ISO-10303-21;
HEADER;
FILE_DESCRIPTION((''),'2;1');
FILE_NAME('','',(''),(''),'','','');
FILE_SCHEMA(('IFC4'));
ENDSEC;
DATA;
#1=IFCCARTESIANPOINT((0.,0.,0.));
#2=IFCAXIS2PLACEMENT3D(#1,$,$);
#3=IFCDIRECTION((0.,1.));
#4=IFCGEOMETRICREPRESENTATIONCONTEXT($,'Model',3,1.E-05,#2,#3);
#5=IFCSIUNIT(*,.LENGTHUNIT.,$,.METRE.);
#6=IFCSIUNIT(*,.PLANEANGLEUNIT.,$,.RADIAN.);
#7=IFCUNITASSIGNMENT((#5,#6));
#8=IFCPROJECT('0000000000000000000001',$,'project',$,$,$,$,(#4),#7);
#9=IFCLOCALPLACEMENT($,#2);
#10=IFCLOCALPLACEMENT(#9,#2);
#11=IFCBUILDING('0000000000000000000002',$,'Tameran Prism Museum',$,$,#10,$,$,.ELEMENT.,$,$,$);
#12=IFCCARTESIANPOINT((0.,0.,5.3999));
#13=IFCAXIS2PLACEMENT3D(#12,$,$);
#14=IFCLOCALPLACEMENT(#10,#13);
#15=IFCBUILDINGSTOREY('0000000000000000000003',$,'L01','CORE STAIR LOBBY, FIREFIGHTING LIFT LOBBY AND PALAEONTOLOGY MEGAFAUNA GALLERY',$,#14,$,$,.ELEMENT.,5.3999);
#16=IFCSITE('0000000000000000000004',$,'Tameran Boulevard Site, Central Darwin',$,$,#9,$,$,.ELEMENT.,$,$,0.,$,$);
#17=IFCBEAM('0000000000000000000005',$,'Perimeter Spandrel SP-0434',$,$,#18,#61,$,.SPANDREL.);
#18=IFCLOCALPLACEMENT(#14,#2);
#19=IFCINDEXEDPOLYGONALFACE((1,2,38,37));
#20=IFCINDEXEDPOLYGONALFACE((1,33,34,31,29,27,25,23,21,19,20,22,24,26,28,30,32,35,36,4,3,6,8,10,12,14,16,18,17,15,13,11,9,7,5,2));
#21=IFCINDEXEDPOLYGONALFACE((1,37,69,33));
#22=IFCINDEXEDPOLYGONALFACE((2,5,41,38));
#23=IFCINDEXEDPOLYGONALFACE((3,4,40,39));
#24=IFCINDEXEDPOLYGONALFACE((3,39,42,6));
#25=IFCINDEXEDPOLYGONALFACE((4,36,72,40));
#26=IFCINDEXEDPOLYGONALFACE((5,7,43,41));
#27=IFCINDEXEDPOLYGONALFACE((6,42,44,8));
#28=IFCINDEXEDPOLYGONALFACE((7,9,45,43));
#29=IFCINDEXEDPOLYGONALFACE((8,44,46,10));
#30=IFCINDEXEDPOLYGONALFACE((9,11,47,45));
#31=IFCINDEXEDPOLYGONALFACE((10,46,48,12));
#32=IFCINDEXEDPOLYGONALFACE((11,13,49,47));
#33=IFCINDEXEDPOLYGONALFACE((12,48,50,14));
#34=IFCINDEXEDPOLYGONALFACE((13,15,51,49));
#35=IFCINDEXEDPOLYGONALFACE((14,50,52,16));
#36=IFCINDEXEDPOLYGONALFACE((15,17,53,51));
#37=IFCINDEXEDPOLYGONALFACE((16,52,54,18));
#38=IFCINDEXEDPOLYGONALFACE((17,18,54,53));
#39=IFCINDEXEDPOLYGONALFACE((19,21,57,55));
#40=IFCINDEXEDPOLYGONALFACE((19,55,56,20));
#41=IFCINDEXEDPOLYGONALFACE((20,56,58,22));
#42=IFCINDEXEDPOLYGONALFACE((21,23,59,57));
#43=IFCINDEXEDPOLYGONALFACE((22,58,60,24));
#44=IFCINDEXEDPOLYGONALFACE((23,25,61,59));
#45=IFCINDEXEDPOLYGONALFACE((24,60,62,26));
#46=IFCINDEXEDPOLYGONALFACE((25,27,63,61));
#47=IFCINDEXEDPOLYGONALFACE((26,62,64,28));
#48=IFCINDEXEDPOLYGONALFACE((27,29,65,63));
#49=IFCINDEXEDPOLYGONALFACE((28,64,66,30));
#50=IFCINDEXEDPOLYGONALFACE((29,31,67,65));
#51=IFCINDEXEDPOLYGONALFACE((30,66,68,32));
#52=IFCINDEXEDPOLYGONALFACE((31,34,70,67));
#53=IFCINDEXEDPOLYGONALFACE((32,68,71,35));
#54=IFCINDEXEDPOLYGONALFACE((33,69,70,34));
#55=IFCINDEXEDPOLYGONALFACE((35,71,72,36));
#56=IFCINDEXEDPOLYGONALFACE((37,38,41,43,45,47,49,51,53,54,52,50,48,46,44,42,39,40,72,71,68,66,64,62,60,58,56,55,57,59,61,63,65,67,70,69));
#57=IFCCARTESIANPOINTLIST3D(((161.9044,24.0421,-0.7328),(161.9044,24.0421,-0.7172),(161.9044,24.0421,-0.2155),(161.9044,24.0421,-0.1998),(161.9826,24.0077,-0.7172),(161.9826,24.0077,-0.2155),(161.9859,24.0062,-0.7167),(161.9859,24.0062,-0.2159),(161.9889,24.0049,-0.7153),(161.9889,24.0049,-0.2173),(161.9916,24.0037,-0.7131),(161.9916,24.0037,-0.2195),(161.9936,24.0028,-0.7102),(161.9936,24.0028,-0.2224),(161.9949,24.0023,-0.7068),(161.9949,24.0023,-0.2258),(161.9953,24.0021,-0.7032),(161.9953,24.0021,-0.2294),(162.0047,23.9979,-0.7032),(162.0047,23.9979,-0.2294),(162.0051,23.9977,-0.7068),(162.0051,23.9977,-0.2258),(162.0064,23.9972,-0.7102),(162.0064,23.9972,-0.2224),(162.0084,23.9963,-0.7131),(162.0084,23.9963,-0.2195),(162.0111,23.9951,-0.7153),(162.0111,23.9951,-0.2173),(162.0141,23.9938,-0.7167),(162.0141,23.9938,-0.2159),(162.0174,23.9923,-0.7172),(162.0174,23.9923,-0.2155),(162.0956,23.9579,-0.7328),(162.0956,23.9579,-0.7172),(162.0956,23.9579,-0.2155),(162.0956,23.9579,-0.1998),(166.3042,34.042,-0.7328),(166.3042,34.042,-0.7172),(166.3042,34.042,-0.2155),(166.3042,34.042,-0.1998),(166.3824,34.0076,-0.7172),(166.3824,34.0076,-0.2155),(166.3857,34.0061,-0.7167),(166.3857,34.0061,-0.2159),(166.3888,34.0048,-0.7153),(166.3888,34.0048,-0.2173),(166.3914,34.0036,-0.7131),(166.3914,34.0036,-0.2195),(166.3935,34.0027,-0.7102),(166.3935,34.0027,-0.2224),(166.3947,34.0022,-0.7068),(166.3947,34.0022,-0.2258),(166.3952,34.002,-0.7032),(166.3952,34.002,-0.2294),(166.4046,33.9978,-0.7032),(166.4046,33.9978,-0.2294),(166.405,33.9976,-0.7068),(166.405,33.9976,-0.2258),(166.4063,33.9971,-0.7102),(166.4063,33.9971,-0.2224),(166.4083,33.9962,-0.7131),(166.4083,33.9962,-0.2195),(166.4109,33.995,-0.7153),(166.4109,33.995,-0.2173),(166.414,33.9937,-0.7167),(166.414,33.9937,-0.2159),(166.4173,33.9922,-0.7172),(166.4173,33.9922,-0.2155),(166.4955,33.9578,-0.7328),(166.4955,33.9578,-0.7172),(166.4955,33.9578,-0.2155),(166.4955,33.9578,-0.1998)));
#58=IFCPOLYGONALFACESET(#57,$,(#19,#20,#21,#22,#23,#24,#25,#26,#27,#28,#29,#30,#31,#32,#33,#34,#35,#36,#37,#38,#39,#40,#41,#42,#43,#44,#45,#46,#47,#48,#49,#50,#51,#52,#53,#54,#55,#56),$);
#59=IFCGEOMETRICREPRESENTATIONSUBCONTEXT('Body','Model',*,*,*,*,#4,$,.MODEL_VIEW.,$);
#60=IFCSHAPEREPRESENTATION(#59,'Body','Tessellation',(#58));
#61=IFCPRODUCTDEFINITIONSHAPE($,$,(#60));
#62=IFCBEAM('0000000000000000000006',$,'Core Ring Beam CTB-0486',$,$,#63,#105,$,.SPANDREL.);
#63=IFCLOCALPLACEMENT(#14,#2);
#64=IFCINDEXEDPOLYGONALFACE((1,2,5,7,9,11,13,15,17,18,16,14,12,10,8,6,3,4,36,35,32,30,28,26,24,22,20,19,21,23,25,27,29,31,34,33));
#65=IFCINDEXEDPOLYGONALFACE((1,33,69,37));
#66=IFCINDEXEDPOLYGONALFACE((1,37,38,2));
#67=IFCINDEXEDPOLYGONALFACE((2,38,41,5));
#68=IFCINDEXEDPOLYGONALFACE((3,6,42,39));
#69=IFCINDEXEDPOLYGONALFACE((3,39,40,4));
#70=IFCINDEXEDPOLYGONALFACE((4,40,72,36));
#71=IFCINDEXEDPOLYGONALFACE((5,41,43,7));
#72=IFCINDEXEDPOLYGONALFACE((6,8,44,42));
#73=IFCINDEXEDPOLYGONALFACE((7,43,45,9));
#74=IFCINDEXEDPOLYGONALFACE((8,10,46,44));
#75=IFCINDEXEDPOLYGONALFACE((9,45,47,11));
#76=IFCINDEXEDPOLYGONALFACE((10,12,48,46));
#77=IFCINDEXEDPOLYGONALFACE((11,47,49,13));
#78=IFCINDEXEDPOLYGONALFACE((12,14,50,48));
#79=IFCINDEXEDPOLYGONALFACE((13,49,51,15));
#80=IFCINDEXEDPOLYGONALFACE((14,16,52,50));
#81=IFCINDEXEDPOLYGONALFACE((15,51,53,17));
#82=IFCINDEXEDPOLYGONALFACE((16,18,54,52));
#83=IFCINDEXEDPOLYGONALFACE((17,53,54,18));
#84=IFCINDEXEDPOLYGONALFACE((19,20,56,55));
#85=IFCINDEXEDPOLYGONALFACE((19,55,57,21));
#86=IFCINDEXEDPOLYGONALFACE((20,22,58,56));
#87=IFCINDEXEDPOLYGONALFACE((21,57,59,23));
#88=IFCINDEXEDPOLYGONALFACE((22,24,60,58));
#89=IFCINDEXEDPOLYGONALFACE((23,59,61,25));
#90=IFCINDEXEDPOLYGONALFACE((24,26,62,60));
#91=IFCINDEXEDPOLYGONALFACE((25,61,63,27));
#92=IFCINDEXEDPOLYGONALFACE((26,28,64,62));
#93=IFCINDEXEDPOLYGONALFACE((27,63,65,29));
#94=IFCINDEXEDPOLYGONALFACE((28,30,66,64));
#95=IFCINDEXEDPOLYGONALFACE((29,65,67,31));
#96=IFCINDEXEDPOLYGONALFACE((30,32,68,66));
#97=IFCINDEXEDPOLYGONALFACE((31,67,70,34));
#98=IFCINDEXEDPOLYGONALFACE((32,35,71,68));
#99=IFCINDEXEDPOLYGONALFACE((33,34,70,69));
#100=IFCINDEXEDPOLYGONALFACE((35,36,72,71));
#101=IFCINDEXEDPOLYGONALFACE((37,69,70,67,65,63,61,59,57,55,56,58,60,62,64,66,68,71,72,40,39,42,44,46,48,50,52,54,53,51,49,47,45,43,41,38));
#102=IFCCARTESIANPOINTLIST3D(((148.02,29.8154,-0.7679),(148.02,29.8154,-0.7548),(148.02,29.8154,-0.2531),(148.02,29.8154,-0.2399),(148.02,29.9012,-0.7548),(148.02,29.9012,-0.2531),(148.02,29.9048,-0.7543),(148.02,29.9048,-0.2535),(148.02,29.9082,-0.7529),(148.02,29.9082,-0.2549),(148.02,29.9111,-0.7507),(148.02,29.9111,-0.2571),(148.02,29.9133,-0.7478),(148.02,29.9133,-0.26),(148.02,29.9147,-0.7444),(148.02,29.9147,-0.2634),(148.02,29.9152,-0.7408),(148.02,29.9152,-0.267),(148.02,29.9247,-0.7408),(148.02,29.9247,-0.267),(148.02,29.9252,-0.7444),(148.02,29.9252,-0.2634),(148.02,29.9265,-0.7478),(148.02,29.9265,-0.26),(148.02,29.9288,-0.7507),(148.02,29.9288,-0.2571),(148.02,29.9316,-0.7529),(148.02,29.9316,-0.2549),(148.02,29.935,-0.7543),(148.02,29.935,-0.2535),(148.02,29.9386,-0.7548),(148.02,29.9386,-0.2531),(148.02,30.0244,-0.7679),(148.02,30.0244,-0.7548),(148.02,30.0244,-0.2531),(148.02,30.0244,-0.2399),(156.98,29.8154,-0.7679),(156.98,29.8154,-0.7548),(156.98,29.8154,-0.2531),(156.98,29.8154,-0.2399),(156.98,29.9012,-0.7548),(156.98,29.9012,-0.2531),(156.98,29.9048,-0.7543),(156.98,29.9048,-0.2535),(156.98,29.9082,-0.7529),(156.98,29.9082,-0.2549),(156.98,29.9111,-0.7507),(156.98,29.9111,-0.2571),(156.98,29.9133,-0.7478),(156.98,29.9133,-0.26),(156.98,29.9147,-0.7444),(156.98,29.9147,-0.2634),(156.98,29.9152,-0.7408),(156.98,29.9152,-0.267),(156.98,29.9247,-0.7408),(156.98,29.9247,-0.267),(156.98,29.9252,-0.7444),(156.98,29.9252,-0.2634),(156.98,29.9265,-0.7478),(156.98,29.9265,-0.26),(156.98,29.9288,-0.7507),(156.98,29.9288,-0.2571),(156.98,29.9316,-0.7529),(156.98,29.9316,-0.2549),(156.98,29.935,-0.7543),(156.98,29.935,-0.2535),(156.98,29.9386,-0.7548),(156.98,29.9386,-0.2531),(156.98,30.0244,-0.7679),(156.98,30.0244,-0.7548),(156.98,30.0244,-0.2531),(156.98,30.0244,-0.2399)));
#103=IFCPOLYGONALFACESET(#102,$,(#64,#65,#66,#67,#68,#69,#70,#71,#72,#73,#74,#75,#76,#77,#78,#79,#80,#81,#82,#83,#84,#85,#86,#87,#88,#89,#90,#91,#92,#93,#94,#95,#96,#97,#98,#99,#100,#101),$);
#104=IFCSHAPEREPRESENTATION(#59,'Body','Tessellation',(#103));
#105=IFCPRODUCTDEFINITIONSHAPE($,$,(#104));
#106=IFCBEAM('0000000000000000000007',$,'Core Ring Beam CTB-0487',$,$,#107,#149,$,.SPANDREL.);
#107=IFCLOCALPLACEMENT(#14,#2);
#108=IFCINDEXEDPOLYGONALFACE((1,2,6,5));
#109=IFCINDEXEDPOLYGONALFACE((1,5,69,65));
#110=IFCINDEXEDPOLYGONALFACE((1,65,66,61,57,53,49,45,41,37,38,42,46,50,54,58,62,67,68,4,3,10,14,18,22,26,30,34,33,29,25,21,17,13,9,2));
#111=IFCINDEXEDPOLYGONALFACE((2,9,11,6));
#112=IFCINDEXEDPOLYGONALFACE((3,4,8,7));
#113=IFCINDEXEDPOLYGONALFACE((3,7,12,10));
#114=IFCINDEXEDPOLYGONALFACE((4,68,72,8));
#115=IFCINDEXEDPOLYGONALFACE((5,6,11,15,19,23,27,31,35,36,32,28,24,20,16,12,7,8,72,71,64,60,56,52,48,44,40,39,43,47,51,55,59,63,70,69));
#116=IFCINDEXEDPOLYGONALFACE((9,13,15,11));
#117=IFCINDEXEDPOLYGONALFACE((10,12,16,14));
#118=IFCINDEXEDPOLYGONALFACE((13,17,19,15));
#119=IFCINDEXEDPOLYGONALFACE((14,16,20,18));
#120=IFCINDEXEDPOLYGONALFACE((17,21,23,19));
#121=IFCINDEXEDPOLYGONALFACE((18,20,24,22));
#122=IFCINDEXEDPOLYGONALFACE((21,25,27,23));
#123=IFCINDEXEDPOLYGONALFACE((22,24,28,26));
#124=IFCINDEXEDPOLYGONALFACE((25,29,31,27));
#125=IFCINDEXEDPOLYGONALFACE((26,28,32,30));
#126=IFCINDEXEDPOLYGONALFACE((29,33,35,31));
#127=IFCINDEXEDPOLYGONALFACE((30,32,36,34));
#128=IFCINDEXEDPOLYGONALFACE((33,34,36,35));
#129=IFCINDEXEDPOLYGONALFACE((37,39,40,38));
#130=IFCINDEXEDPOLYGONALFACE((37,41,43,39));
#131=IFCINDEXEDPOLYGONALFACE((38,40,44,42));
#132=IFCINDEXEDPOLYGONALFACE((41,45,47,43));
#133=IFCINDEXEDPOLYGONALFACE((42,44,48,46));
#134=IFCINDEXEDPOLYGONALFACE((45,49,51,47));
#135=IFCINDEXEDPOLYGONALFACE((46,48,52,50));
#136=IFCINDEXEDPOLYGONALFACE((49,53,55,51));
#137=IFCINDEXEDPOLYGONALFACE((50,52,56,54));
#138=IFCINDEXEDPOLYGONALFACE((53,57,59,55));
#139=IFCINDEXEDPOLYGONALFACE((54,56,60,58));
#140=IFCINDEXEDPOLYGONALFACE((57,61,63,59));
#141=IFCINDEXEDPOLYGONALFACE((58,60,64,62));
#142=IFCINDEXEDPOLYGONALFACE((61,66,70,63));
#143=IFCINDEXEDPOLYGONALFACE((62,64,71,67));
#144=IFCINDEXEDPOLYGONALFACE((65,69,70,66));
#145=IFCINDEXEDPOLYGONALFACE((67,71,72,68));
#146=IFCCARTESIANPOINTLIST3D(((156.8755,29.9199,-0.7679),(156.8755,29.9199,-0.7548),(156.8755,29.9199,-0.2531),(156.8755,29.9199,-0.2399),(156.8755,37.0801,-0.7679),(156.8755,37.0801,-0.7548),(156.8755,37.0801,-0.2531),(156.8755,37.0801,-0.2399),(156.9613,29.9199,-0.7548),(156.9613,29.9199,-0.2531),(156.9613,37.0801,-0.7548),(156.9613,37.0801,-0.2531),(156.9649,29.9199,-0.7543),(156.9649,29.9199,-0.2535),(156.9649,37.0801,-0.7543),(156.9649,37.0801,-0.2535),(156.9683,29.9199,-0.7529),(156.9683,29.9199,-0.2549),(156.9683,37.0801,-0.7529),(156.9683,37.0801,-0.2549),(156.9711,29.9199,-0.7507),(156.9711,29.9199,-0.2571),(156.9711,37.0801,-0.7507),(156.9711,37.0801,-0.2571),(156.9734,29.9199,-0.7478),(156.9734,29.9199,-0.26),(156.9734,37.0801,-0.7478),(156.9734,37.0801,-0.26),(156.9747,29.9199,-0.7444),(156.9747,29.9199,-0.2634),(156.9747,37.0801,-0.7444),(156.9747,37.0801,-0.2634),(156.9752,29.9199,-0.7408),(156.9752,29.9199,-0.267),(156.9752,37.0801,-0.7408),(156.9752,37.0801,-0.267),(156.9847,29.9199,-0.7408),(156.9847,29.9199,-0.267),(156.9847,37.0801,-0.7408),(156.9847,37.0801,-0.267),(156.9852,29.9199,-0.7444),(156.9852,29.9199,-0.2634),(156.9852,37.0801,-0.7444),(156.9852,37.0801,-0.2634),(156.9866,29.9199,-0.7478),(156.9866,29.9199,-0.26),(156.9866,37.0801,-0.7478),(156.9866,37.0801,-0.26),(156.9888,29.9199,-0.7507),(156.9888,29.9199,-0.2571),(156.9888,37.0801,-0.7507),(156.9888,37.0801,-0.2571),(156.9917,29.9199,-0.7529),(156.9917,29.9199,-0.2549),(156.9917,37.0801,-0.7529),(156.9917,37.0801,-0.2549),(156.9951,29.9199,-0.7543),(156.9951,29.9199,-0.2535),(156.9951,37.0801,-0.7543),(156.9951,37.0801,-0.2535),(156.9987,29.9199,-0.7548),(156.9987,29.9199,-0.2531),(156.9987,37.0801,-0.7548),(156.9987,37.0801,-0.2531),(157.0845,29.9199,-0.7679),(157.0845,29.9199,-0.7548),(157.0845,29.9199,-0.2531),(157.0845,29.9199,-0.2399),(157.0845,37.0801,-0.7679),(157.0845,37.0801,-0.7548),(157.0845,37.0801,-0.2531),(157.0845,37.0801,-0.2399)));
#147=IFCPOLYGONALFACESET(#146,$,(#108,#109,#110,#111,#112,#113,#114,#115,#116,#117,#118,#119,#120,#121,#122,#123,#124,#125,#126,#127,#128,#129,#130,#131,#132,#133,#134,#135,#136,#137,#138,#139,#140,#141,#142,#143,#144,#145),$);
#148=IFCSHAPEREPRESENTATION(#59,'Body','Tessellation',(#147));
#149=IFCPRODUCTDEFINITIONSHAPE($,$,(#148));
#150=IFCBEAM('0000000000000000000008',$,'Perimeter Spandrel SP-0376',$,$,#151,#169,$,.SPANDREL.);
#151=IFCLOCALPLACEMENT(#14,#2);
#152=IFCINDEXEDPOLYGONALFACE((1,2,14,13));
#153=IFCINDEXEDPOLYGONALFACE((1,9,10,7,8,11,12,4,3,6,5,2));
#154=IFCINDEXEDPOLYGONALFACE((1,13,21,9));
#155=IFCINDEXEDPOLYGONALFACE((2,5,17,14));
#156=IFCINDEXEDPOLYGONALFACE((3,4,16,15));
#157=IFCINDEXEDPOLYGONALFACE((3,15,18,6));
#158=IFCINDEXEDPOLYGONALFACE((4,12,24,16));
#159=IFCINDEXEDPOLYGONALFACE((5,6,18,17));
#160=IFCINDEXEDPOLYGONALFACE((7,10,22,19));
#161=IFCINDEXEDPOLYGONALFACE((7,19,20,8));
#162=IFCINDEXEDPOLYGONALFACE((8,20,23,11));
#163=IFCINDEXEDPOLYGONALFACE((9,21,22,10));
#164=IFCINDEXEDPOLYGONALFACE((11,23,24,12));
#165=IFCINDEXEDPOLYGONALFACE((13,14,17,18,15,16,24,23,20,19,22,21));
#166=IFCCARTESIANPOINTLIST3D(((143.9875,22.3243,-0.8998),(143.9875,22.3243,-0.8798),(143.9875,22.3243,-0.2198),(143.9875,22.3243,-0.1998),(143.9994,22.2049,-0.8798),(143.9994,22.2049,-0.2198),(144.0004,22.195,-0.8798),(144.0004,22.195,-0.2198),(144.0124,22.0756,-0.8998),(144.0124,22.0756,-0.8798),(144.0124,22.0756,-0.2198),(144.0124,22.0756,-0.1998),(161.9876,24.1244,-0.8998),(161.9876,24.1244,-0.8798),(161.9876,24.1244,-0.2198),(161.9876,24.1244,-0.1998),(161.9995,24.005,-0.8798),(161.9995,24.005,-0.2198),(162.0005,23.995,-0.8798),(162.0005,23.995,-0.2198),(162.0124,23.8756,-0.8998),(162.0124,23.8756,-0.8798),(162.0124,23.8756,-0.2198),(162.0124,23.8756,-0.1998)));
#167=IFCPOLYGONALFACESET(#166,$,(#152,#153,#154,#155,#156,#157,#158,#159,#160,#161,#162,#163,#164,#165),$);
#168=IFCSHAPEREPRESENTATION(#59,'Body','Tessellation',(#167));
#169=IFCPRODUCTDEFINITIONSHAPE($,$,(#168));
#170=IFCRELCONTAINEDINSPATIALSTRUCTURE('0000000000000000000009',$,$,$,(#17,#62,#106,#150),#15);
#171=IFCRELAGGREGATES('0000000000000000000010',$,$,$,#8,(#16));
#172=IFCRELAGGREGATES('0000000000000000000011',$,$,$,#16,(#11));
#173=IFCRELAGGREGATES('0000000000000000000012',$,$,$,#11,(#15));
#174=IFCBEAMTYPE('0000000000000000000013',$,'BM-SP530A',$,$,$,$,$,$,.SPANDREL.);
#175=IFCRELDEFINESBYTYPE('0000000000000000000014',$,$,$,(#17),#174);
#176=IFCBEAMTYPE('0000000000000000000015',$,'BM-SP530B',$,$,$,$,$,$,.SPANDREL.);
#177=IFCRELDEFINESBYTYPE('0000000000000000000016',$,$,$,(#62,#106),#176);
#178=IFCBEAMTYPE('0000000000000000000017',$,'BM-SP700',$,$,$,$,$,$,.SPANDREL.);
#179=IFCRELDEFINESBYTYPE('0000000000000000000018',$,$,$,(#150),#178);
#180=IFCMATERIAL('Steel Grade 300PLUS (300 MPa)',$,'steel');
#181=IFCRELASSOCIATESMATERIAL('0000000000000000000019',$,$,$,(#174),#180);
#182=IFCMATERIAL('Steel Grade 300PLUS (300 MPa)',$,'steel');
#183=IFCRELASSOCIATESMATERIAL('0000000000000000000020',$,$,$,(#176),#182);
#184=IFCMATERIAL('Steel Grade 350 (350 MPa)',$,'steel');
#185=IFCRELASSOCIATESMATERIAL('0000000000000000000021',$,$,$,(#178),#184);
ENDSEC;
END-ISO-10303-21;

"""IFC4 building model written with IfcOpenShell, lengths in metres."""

from ifc_helpers import new_model, si_unit, direction, frame, origin, origin_2d, place, context, subcontext, project, spatial, i_section, extrude, material, material_profile, profile_set, type_object, element, save


model = new_model("IFC4")

# Units and contexts
model_context = context("Model", 3, precision=1e-05, world=origin(), true_north=direction((0.0, 1.0)))
body_context = subcontext(model_context, "Body", "Model", "MODEL_VIEW")
ifc_project = project(units=[si_unit("LENGTHUNIT", "METRE"), si_unit("PLANEANGLEUNIT", "RADIAN")], contexts=[model_context])

# Site, building, storey
site_placement = place(None, origin())
site = spatial("IfcSite", under=ifc_project, at=site_placement, Name="Tameran Boulevard Site, Central Darwin", CompositionType="ELEMENT", RefElevation=0.0)
building_placement = place(site_placement, origin())
building = spatial("IfcBuilding", under=site, at=building_placement, Name="Tameran Prism Museum", CompositionType="ELEMENT")
storey_placement = place(building_placement, frame((0.0, 0.0, 5.3999)))
storey = spatial("IfcBuildingStorey", under=building, at=storey_placement, Name="L01", Description="CORE STAIR LOBBY, FIREFIGHTING LIFT LOBBY AND PALAEONTOLOGY MEGAFAUNA GALLERY", CompositionType="ELEMENT", Elevation=5.3999)

# Beams
ifc_material_1 = material(Name="Steel Grade 300PLUS (300 MPa)", Category="steel")
ifc_material_profile_1 = material_profile(ifc_material_1, i_section(OverallWidth=0.209, OverallDepth=0.533, WebThickness=0.0103, FlangeThickness=0.0156, FilletRadius=0.0139, at=origin_2d()))
ifc_profile_set_1 = profile_set([ifc_material_profile_1])
beam_type_1 = type_object("IfcBeamType", Name="BM-SP530A", PredefinedType="SPANDREL", material=ifc_profile_set_1)
beam_1_placement = place(storey_placement, frame((162.0, 24.0, -0.4663), z_axis=(0.402731, 0.915318, 0.0), x_axis=(-0.915318, 0.402731, 0.0)))
element("IfcBeam", 1, at=beam_1_placement, inside=storey, type_object=beam_type_1, Name="Perimeter Spandrel SP-0434", PredefinedType="SPANDREL", context=body_context, shape_type="SweptSolid", body=[
    extrude(i_section(OverallWidth=0.209, OverallDepth=0.533, WebThickness=0.0103, FlangeThickness=0.0156, FilletRadius=0.0139, at=origin_2d()), origin(), (0.0, 0.0, 1.0), 10.925),
])
ifc_material_2 = material(Name="Steel Grade 300PLUS (300 MPa)", Category="steel")
ifc_material_profile_2 = material_profile(ifc_material_2, i_section(OverallWidth=0.209, OverallDepth=0.5281, WebThickness=0.0095, FlangeThickness=0.0132, FilletRadius=0.0139, at=origin_2d()))
ifc_profile_set_2 = profile_set([ifc_material_profile_2])
beam_type_2 = type_object("IfcBeamType", Name="BM-SP530B", PredefinedType="SPANDREL", material=ifc_profile_set_2)
beam_2_placement = place(storey_placement, frame((148.02, 29.9199, -0.5039), z_axis=(1.0, 0.0, 0.0), x_axis=(0.0, 1.0, 0.0)))
element("IfcBeam", 2, at=beam_2_placement, inside=storey, type_object=beam_type_2, Name="Core Ring Beam CTB-0486", PredefinedType="SPANDREL", context=body_context, shape_type="SweptSolid", body=[
    extrude(i_section(OverallWidth=0.209, OverallDepth=0.5281, WebThickness=0.0095, FlangeThickness=0.0132, FilletRadius=0.0139, at=origin_2d()), origin(), (0.0, 0.0, 1.0), 8.96),
])
beam_3_placement = place(storey_placement, frame((156.98, 29.9199, -0.5039), z_axis=(0.0, 1.0, 0.0), x_axis=(-1.0, 0.0, 0.0)))
element("IfcBeam", 3, at=beam_3_placement, inside=storey, type_object=beam_type_2, Name="Core Ring Beam CTB-0487", PredefinedType="SPANDREL", context=body_context, shape_type="SweptSolid", body=[
    extrude(i_section(OverallWidth=0.209, OverallDepth=0.5281, WebThickness=0.0095, FlangeThickness=0.0132, FilletRadius=0.0139, at=origin_2d()), origin(), (0.0, 0.0, 1.0), 7.1602),
])
ifc_material_3 = material(Name="Steel Grade 350 (350 MPa)", Category="steel")
ifc_material_profile_3 = material_profile(ifc_material_3, i_section(OverallWidth=0.25, OverallDepth=0.7, WebThickness=0.01, FlangeThickness=0.02, at=origin_2d()))
ifc_profile_set_3 = profile_set([ifc_material_profile_3])
beam_type_3 = type_object("IfcBeamType", Name="BM-SP700", PredefinedType="SPANDREL", material=ifc_profile_set_3)
beam_4_placement = place(storey_placement, frame((162.0, 24.0, -0.5498), z_axis=(-0.995037, -0.099506, 0.0), x_axis=(0.099506, -0.995037, 0.0)))
element("IfcBeam", 4, at=beam_4_placement, inside=storey, type_object=beam_type_3, Name="Perimeter Spandrel SP-0376", PredefinedType="SPANDREL", context=body_context, shape_type="SweptSolid", body=[
    extrude(i_section(OverallWidth=0.25, OverallDepth=0.7, WebThickness=0.01, FlangeThickness=0.02, at=origin_2d()), origin(), (0.0, 0.0, 1.0), 18.0898),
])

save(model, "model.ifc")
